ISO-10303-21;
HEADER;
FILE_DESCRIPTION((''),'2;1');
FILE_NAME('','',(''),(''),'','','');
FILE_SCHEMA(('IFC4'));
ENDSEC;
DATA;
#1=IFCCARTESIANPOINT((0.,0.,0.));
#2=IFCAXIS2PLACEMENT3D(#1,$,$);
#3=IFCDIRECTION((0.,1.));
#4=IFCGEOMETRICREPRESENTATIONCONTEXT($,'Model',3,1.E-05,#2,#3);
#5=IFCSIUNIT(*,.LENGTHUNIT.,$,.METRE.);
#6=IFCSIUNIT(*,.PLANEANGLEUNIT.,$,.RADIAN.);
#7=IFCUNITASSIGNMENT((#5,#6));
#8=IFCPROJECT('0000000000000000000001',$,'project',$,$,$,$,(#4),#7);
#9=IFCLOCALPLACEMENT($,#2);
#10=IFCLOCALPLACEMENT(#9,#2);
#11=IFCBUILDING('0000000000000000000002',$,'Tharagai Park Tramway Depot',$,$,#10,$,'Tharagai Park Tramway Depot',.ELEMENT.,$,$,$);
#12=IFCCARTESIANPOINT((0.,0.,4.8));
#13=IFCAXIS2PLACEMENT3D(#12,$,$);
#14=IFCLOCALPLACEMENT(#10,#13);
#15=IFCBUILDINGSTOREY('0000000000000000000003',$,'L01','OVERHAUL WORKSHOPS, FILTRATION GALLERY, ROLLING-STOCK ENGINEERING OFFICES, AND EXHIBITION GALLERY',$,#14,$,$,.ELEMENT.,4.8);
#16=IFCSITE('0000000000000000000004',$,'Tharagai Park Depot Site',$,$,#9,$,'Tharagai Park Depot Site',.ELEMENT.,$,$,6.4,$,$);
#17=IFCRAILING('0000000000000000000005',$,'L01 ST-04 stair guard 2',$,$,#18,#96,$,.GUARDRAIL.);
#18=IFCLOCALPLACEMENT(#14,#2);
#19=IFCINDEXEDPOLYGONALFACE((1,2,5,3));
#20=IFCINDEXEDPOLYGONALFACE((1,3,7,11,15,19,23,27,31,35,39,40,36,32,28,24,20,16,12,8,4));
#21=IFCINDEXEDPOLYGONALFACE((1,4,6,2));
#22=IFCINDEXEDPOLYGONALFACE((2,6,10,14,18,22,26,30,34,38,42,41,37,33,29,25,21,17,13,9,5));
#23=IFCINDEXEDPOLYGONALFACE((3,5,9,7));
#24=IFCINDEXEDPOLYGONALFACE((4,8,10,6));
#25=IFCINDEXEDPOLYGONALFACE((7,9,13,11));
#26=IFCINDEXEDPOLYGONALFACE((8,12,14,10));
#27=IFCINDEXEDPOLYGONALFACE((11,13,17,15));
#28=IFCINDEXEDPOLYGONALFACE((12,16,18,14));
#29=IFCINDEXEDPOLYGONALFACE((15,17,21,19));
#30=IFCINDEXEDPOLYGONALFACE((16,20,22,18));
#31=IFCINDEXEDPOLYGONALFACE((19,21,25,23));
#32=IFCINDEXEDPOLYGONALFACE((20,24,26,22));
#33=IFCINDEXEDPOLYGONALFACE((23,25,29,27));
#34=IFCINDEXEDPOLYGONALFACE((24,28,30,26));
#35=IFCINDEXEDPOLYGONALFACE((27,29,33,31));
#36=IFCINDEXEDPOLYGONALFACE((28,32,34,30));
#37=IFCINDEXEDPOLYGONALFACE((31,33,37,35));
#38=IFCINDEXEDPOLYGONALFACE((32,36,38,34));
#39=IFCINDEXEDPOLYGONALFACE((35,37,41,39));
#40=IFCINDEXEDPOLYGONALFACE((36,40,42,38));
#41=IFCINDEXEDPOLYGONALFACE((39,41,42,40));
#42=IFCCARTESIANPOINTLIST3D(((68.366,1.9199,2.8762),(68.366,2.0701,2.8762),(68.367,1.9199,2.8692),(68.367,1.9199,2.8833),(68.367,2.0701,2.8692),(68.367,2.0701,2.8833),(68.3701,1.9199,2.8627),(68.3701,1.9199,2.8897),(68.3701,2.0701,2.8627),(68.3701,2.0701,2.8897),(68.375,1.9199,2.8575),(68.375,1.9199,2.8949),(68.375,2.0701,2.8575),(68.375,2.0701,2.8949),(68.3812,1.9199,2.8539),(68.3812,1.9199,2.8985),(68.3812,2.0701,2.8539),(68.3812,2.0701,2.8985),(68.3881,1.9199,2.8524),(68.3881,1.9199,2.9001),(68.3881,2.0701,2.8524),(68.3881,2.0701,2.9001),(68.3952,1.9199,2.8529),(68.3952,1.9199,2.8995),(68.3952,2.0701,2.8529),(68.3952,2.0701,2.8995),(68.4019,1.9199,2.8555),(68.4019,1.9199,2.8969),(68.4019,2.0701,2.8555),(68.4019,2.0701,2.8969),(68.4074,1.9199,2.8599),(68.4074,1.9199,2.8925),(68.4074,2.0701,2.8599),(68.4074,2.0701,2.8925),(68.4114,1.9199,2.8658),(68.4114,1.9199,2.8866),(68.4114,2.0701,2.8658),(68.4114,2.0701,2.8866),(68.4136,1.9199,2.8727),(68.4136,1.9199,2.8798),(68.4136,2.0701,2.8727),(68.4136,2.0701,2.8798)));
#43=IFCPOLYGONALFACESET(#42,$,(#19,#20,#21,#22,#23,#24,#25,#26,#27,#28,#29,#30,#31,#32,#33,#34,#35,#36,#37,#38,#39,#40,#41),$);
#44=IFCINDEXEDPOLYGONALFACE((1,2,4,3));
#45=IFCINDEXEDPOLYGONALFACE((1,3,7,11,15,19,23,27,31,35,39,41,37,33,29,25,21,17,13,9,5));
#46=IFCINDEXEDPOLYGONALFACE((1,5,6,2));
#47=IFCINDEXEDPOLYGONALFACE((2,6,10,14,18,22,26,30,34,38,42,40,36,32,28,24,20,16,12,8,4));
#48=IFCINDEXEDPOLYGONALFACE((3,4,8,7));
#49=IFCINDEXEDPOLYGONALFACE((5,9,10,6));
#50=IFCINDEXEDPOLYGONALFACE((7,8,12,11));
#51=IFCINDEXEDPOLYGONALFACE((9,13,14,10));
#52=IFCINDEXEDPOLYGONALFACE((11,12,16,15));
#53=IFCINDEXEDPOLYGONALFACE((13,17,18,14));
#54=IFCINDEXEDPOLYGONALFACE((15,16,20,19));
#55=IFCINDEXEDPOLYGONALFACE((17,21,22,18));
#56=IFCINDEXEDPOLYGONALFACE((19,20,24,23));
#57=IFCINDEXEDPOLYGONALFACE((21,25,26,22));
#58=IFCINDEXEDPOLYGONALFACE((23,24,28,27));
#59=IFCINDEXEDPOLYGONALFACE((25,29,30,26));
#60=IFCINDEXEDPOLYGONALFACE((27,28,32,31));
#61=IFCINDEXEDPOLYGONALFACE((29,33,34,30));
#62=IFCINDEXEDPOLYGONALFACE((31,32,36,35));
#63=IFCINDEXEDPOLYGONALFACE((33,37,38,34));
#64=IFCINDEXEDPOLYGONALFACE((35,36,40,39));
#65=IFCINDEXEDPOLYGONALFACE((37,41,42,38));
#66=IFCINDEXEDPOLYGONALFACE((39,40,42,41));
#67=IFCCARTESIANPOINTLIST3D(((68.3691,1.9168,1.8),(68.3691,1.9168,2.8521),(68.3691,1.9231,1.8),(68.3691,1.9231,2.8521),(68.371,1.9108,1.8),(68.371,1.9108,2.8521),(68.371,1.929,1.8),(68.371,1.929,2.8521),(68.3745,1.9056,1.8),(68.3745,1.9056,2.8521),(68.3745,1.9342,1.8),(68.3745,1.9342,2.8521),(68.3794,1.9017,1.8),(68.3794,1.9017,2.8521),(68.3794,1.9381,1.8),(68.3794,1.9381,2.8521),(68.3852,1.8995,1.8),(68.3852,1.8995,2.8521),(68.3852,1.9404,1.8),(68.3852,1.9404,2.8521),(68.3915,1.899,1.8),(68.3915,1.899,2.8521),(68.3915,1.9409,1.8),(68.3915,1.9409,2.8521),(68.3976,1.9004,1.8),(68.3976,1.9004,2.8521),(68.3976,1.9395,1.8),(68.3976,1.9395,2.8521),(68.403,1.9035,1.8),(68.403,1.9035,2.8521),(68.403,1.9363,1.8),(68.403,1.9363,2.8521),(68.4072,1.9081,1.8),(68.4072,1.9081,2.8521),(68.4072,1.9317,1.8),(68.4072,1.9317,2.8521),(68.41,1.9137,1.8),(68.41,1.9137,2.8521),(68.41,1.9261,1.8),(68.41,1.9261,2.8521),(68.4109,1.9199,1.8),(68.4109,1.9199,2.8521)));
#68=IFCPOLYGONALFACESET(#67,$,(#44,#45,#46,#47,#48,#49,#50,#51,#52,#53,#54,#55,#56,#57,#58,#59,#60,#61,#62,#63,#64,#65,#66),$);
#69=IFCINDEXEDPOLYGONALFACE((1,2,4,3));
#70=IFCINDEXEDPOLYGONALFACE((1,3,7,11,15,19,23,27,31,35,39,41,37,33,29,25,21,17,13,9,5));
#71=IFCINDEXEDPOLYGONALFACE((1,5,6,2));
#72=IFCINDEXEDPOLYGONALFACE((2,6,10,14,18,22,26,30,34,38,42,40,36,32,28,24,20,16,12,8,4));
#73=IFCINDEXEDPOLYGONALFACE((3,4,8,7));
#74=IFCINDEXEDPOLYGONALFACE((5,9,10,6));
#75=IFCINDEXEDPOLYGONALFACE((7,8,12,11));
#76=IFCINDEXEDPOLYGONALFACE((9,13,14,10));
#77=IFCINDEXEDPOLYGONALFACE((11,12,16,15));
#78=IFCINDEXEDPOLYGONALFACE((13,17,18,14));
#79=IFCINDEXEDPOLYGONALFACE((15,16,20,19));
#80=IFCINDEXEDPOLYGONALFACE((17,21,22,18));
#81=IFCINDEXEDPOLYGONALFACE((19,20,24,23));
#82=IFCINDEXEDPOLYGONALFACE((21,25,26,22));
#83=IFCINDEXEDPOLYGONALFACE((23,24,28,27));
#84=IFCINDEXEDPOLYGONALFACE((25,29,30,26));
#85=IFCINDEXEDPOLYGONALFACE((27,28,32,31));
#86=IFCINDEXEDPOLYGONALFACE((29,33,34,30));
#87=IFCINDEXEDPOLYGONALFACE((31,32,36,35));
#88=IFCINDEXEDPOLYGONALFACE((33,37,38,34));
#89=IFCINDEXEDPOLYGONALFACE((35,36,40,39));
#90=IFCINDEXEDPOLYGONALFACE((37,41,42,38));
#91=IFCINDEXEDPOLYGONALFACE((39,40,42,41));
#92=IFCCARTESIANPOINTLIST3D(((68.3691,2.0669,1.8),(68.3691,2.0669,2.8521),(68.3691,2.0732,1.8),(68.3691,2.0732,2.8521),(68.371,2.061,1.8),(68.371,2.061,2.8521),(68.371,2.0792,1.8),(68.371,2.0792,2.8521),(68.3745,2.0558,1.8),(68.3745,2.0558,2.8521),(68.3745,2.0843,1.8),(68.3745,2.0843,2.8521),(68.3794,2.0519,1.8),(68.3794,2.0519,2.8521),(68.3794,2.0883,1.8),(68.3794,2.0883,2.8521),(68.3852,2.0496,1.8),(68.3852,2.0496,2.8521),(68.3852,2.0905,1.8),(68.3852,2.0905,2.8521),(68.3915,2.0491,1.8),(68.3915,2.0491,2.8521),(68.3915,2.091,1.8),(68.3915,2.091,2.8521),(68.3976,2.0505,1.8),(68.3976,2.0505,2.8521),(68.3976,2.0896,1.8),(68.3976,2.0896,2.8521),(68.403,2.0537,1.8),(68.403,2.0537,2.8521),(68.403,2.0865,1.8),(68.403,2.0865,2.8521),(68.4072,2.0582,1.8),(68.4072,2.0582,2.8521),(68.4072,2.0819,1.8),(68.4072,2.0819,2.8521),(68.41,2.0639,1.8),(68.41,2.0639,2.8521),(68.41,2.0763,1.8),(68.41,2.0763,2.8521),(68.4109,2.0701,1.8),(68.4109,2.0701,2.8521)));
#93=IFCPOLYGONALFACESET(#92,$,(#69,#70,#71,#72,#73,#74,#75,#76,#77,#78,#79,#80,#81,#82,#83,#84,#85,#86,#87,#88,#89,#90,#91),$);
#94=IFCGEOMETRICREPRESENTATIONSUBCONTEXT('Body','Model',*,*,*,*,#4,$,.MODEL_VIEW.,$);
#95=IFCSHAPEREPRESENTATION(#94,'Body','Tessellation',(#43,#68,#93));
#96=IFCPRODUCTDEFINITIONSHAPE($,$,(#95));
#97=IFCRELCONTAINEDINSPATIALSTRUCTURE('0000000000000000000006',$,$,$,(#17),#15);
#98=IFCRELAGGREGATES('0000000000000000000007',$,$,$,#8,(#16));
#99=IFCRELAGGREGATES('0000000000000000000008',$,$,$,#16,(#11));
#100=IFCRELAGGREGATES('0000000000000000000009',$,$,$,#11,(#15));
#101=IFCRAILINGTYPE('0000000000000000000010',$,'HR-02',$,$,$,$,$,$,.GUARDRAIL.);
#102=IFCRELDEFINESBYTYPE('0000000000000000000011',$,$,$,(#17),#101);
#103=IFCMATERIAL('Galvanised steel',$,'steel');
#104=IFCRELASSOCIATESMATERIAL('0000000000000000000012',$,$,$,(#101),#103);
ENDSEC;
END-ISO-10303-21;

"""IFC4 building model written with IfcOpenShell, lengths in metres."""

from ifc_helpers import new_model, si_unit, direction, frame, origin, origin_2d, place, context, subcontext, project, spatial, circle, extrude, material, type_object, element, save


model = new_model("IFC4")

# Units and contexts
model_context = context("Model", 3, precision=1e-05, world=origin(), true_north=direction((0.0, 1.0)))
body_context = subcontext(model_context, "Body", "Model", "MODEL_VIEW")
ifc_project = project(units=[si_unit("LENGTHUNIT", "METRE"), si_unit("PLANEANGLEUNIT", "RADIAN")], contexts=[model_context])

# Site, building, storey
site_placement = place(None, origin())
site = spatial("IfcSite", under=ifc_project, at=site_placement, Name="Tharagai Park Depot Site", LongName="Tharagai Park Depot Site", CompositionType="ELEMENT", RefElevation=6.4)
building_placement = place(site_placement, origin())
building = spatial("IfcBuilding", under=site, at=building_placement, Name="Tharagai Park Tramway Depot", LongName="Tharagai Park Tramway Depot", CompositionType="ELEMENT")
storey_placement = place(building_placement, frame((0.0, 0.0, 4.8)))
storey = spatial("IfcBuildingStorey", under=building, at=storey_placement, Name="L01", Description="OVERHAUL WORKSHOPS, FILTRATION GALLERY, ROLLING-STOCK ENGINEERING OFFICES, AND EXHIBITION GALLERY", CompositionType="ELEMENT", Elevation=4.8)

# Railing
ifc_material_1 = material(Name="Galvanised steel", Category="steel")
railing_type_1 = type_object("IfcRailingType", Name="HR-02", PredefinedType="GUARDRAIL", material=ifc_material_1)
railing_1_placement = place(storey_placement, frame((68.3899, 1.9199, 1.8)))
element("IfcRailing", 1, at=railing_1_placement, inside=storey, type_object=railing_type_1, Name="L01 ST-04 stair guard 2", PredefinedType="GUARDRAIL", context=body_context, shape_type="SweptSolid", body=[
    extrude(circle(Radius=0.0239, at=origin_2d()), frame((0.0, 0.0, 1.0762), z_axis=(0.0, 1.0, 0.0), x_axis=(-1.0, 0.0, 0.0)), (0.0, 0.0, 1.0), 0.1501),
    extrude(circle(Radius=0.021, at=origin_2d()), origin(), (0.0, 0.0, 1.0), 1.052),
    extrude(circle(Radius=0.021, at=origin_2d()), frame((0.0, 0.1501, 0.0)), (0.0, 0.0, 1.0), 1.052),
])

save(model, "model.ifc")
